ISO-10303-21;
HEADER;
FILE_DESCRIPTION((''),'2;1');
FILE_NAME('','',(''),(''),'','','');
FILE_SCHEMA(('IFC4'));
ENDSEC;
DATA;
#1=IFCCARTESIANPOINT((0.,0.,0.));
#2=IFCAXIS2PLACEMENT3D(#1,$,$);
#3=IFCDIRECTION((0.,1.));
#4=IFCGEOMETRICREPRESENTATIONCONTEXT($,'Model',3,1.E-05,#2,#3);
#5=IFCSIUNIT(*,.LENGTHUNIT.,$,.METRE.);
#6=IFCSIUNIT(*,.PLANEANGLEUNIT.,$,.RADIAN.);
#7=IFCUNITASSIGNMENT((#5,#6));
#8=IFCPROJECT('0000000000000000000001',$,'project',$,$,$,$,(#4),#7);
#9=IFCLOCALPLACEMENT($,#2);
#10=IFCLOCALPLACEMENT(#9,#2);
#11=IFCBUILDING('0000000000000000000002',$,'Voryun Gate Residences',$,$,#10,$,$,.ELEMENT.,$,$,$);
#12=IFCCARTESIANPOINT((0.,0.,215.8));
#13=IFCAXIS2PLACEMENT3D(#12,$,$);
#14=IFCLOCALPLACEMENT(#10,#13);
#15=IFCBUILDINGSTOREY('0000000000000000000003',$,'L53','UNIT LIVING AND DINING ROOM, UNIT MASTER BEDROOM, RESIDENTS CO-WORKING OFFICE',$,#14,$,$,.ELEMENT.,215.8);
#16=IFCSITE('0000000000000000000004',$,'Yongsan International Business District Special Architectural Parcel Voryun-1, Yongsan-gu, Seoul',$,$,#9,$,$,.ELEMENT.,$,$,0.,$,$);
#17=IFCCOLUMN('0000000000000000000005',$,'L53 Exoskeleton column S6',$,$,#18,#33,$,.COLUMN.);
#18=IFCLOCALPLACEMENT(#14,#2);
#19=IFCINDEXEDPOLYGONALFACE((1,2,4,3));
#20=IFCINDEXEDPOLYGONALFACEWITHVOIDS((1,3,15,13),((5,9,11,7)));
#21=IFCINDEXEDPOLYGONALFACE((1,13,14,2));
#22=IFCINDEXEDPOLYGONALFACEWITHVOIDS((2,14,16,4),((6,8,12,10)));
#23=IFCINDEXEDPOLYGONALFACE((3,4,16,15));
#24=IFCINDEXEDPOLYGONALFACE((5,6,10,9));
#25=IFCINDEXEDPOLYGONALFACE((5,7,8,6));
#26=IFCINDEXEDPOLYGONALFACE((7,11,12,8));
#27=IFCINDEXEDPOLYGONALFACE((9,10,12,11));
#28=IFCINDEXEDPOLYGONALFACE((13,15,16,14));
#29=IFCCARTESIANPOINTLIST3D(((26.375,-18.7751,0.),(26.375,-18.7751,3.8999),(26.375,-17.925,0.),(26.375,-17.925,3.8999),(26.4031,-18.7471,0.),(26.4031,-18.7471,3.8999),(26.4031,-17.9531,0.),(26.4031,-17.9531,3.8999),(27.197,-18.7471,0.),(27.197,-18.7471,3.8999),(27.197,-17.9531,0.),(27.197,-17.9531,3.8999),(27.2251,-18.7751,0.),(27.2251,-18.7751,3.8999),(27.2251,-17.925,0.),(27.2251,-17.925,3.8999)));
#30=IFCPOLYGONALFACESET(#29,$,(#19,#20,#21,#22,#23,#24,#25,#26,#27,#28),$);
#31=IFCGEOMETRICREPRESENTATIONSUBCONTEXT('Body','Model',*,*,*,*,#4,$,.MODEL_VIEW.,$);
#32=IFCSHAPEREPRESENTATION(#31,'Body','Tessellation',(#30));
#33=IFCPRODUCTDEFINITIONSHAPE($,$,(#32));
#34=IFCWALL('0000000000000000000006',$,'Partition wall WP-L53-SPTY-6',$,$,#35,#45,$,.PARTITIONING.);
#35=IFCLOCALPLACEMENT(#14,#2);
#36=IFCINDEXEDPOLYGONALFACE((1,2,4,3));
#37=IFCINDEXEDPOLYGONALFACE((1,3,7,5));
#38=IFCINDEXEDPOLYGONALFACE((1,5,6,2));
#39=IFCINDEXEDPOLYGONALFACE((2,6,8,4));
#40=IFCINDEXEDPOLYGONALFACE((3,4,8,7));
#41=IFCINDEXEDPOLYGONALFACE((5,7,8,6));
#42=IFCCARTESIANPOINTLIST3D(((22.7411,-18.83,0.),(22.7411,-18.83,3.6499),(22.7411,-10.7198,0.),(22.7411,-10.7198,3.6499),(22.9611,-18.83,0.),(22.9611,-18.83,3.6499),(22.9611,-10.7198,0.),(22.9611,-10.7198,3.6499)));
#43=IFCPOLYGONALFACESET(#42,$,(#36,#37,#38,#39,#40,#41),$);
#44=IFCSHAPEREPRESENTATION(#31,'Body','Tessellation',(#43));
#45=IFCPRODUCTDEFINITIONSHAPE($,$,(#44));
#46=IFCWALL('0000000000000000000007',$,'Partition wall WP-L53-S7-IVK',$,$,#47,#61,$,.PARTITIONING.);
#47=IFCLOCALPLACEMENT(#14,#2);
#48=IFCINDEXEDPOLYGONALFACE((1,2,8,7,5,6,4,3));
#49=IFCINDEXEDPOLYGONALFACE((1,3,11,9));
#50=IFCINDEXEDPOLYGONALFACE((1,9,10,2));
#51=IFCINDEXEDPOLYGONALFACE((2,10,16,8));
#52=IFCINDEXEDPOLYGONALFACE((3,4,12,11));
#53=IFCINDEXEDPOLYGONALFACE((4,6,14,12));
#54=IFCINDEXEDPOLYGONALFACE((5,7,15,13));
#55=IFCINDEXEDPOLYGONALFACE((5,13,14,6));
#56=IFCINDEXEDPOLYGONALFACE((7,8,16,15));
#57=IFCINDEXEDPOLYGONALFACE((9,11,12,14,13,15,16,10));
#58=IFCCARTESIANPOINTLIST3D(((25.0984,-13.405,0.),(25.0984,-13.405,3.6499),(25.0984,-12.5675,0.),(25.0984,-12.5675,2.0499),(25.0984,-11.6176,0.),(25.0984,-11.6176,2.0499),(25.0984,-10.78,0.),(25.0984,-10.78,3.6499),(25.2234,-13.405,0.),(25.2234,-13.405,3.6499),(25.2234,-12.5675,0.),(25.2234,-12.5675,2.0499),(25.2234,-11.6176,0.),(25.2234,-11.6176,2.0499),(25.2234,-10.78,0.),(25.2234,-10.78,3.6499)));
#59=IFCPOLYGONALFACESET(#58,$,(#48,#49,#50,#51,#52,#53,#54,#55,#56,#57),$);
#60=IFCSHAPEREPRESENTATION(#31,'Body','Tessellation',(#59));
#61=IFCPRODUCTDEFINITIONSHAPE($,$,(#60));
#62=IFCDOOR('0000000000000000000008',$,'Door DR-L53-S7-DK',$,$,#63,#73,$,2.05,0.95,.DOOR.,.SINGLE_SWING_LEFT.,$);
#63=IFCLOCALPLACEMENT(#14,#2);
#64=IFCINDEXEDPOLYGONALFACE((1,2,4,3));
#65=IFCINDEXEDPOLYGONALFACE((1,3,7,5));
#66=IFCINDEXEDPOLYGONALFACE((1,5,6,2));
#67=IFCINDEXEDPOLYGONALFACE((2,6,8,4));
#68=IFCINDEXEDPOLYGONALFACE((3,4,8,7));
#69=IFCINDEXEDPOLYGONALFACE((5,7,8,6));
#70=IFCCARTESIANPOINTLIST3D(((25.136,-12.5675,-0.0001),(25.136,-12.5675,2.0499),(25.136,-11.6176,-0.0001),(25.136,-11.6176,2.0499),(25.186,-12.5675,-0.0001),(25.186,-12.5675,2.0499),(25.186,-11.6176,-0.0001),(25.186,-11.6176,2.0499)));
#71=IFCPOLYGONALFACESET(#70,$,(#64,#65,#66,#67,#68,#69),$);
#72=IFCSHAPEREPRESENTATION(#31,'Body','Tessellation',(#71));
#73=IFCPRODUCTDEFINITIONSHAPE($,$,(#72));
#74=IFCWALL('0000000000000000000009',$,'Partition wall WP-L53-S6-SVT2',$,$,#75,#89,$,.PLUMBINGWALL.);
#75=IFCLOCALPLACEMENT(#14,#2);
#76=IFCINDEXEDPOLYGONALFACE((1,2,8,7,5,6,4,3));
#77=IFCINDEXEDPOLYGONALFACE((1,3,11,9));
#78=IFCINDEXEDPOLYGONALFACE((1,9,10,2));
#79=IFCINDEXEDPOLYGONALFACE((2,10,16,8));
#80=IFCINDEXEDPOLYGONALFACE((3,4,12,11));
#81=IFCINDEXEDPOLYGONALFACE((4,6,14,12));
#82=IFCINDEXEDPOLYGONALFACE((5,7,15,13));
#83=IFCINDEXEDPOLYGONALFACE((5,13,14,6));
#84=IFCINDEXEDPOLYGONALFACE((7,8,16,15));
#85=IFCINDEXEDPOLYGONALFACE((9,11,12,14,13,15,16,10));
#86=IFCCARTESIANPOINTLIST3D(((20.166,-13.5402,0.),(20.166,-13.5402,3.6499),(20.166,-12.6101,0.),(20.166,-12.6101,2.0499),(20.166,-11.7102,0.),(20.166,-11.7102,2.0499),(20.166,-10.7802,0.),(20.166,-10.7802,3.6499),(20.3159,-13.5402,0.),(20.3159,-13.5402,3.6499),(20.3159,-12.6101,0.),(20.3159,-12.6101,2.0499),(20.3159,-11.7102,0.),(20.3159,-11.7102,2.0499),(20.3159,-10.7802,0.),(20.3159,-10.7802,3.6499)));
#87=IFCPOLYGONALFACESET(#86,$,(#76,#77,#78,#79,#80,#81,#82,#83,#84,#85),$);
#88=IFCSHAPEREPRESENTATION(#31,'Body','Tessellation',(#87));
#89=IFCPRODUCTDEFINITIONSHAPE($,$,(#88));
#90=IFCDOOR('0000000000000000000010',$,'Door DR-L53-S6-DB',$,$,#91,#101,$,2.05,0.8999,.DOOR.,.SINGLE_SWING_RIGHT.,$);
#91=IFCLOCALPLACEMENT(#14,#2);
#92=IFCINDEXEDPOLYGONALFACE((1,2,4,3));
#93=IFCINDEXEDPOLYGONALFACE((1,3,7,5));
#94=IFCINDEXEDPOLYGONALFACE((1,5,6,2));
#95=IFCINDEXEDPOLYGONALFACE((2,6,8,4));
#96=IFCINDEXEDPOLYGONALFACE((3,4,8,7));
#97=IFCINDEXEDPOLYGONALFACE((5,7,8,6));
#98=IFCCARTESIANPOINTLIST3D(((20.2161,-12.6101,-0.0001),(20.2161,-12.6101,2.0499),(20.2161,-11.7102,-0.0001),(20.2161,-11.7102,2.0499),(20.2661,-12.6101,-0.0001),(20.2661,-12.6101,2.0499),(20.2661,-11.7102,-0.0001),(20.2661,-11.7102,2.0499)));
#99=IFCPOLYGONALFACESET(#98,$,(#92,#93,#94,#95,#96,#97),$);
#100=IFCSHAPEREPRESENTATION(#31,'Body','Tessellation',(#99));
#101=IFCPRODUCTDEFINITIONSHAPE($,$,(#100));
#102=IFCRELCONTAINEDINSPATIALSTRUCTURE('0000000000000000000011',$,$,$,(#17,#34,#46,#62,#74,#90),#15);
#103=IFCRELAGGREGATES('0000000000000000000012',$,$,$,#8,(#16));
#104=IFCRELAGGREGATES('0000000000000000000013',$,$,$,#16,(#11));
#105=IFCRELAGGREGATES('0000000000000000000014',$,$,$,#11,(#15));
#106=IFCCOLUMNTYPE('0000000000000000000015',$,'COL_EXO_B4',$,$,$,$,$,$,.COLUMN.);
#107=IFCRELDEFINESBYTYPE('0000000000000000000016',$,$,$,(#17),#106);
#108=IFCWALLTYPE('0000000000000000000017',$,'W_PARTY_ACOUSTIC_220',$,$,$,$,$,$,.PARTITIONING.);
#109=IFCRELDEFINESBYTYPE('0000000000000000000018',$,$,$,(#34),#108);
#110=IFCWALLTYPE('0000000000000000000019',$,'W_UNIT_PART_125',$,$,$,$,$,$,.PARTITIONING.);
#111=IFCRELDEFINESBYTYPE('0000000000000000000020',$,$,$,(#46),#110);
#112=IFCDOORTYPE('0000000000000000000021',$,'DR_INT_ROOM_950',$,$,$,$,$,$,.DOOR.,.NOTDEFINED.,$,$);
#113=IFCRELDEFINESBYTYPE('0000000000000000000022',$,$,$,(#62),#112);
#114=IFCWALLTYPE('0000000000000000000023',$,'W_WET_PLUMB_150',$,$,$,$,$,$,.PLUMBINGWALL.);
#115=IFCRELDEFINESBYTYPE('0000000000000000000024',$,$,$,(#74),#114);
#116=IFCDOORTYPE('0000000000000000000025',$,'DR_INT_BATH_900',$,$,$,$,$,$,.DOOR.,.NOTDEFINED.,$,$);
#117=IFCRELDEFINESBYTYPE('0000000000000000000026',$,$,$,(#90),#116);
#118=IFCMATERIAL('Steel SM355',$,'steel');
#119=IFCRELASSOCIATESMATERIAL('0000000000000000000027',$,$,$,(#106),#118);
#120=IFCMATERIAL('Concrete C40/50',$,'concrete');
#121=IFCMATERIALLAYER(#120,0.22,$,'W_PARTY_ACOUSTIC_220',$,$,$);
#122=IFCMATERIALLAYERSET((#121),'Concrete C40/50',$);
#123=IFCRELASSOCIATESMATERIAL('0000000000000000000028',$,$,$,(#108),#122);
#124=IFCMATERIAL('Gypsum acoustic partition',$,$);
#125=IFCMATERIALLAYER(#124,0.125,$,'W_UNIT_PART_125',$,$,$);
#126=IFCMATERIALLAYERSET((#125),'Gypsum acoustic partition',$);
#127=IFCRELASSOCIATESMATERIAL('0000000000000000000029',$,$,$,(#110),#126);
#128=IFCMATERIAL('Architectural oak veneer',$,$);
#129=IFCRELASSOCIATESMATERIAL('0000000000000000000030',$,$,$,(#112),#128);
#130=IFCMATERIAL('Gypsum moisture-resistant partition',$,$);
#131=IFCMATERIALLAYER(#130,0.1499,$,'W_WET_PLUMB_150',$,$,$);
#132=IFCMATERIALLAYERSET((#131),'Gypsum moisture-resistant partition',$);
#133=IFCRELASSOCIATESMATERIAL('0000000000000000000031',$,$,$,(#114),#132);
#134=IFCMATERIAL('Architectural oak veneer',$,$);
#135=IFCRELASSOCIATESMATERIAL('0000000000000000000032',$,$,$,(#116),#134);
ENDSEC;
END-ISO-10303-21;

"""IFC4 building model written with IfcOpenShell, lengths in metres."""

from ifc_helpers import new_model, si_unit, direction, frame, frame_2d, origin, origin_2d, place, context, subcontext, project, spatial, rectangle, hollow_rectangle, extrude, material, layer, layer_set, material_profile, profile_set, type_object, element, fill, save


model = new_model("IFC4")

# Units and contexts
model_context = context("Model", 3, precision=1e-05, world=origin(), true_north=direction((0.0, 1.0)))
body_context = subcontext(model_context, "Body", "Model", "MODEL_VIEW")
ifc_project = project(units=[si_unit("LENGTHUNIT", "METRE"), si_unit("PLANEANGLEUNIT", "RADIAN")], contexts=[model_context])

# Site, building, storey
site_placement = place(None, origin())
site = spatial("IfcSite", under=ifc_project, at=site_placement, Name="Yongsan International Business District Special Architectural Parcel Voryun-1, Yongsan-gu, Seoul", CompositionType="ELEMENT", RefElevation=0.0)
building_placement = place(site_placement, origin())
building = spatial("IfcBuilding", under=site, at=building_placement, Name="Voryun Gate Residences", CompositionType="ELEMENT")
storey_placement = place(building_placement, frame((0.0, 0.0, 215.8)))
storey = spatial("IfcBuildingStorey", under=building, at=storey_placement, Name="L53", Description="UNIT LIVING AND DINING ROOM, UNIT MASTER BEDROOM, RESIDENTS CO-WORKING OFFICE", CompositionType="ELEMENT", Elevation=215.8)

# Column
ifc_material_1 = material(Name="Steel SM355", Category="steel")
ifc_material_profile = material_profile(ifc_material_1, hollow_rectangle(XDim=0.8501, YDim=0.8501, WallThickness=0.0281, at=origin_2d()), Name="BOX-850x850x28")
ifc_profile_set = profile_set([ifc_material_profile], Name="Steel SM355")
column_type = type_object("IfcColumnType", Name="COL_EXO_B4", PredefinedType="COLUMN", material=ifc_profile_set)
column_placement = place(storey_placement, frame((26.8, -18.3501, 0.0), z_axis=(0.0, 0.0, 1.0), x_axis=(1.0, 0.0, 0.0)))
element("IfcColumn", 1, at=column_placement, inside=storey, type_object=column_type, Name="L53 Exoskeleton column S6", PredefinedType="COLUMN", context=body_context, shape_type="SweptSolid", body=[
    extrude(hollow_rectangle(XDim=0.8501, YDim=0.8501, WallThickness=0.0281, at=origin_2d()), origin(), (0.0, 0.0, 1.0), 3.8999),
])

# Wall
ifc_material_2 = material(Name="Concrete C40/50", Category="concrete")
ifc_layer_1 = layer(ifc_material_2, 0.22, Name="W_PARTY_ACOUSTIC_220")
ifc_layer_set_1 = layer_set([ifc_layer_1], Name="Concrete C40/50")
wall_type_1 = type_object("IfcWallType", Name="W_PARTY_ACOUSTIC_220", PredefinedType="PARTITIONING", material=ifc_layer_set_1)
wall_1_placement = place(storey_placement, frame((22.8511, -18.8301, 0.0), z_axis=(0.0, 0.0, 1.0), x_axis=(0.0, 1.0, 0.0)))
element("IfcWall", 2, at=wall_1_placement, inside=storey, type_object=wall_type_1, Name="Partition wall WP-L53-SPTY-6", PredefinedType="PARTITIONING", context=body_context, shape_type="SweptSolid", body=[
    extrude(rectangle(XDim=8.1101, YDim=0.22, at=frame_2d((4.0552, 0.0))), origin(), (0.0, 0.0, 1.0), 3.6499),
])

# Walls, openings, doors
ifc_material_3 = material(Name="Gypsum acoustic partition")
ifc_layer_2 = layer(ifc_material_3, 0.125, Name="W_UNIT_PART_125")
ifc_layer_set_2 = layer_set([ifc_layer_2], Name="Gypsum acoustic partition")
wall_type_2 = type_object("IfcWallType", Name="W_UNIT_PART_125", PredefinedType="PARTITIONING", material=ifc_layer_set_2)
wall_2_placement = place(storey_placement, frame((25.1609, -13.405, 0.0), z_axis=(0.0, 0.0, 1.0), x_axis=(0.0, 1.0, 0.0)))
wall_2 = element("IfcWall", 3, at=wall_2_placement, inside=storey, type_object=wall_type_2, Name="Partition wall WP-L53-S7-IVK", PredefinedType="PARTITIONING", context=body_context, shape_type="SweptSolid", body=[
    extrude(rectangle(XDim=2.625, YDim=0.125, at=frame_2d((1.3125, 0.0))), origin(), (0.0, 0.0, 1.0), 3.6499),
])
opening_1_placement = place(wall_2_placement, frame((0.8374, 0.0, 0.0)))
opening_1 = element("IfcOpeningElement", 4, at=opening_1_placement, cuts=wall_2, PredefinedType="OPENING", context=body_context, shape_type="SweptSolid", body=[
    extrude(rectangle(XDim=0.95, YDim=2.05, at=frame_2d((0.4751, 1.0249))), frame((0.0, 0.0725, 0.0), z_axis=(0.0, -1.0, 0.0), x_axis=(1.0, 0.0, 0.0)), (0.0, 0.0, 1.0), 0.145),
])
ifc_material_4 = material(Name="Architectural oak veneer")
door_type_1 = type_object("IfcDoorType", Name="DR_INT_ROOM_950", OperationType="NOTDEFINED", PredefinedType="DOOR", material=ifc_material_4)
door_1_placement = place(opening_1_placement, origin())
door_1 = element("IfcDoor", 5, at=door_1_placement, inside=storey, type_object=door_type_1, Name="Door DR-L53-S7-DK", OperationType="SINGLE_SWING_LEFT", OverallHeight=2.05, OverallWidth=0.95, PredefinedType="DOOR", context=body_context, shape_type="SweptSolid", body=[
    extrude(rectangle(XDim=0.95, YDim=2.05, at=frame_2d((0.4751, 1.0249))), frame((0.0, 0.0249, 0.0), z_axis=(0.0, -1.0, 0.0), x_axis=(1.0, 0.0, 0.0)), (0.0, 0.0, 1.0), 0.05),
])
fill(opening_1, door_1)
ifc_material_5 = material(Name="Gypsum moisture-resistant partition")
ifc_layer_3 = layer(ifc_material_5, 0.1499, Name="W_WET_PLUMB_150")
ifc_layer_set_3 = layer_set([ifc_layer_3], Name="Gypsum moisture-resistant partition")
wall_type_3 = type_object("IfcWallType", Name="W_WET_PLUMB_150", PredefinedType="PLUMBINGWALL", material=ifc_layer_set_3)
wall_3_placement = place(storey_placement, frame((20.241, -13.54, 0.0), z_axis=(0.0, 0.0, 1.0), x_axis=(0.0, 1.0, 0.0)))
wall_3 = element("IfcWall", 6, at=wall_3_placement, inside=storey, type_object=wall_type_3, Name="Partition wall WP-L53-S6-SVT2", PredefinedType="PLUMBINGWALL", context=body_context, shape_type="SweptSolid", body=[
    extrude(rectangle(XDim=2.76, YDim=0.1499, at=frame_2d((1.3799, 0.0))), origin(), (0.0, 0.0, 1.0), 3.6499),
])
opening_2_placement = place(wall_3_placement, frame((0.9299, 0.0, 0.0)))
opening_2 = element("IfcOpeningElement", 7, at=opening_2_placement, cuts=wall_3, PredefinedType="OPENING", context=body_context, shape_type="SweptSolid", body=[
    extrude(rectangle(XDim=0.8999, YDim=2.05, at=frame_2d((0.45, 1.0249))), frame((0.0, 0.085, 0.0), z_axis=(0.0, -1.0, 0.0), x_axis=(1.0, 0.0, 0.0)), (0.0, 0.0, 1.0), 0.1699),
])
ifc_material_6 = material(Name="Architectural oak veneer")
door_type_2 = type_object("IfcDoorType", Name="DR_INT_BATH_900", OperationType="NOTDEFINED", PredefinedType="DOOR", material=ifc_material_6)
door_2_placement = place(opening_2_placement, origin())
door_2 = element("IfcDoor", 8, at=door_2_placement, inside=storey, type_object=door_type_2, Name="Door DR-L53-S6-DB", OperationType="SINGLE_SWING_RIGHT", OverallHeight=2.05, OverallWidth=0.8999, PredefinedType="DOOR", context=body_context, shape_type="SweptSolid", body=[
    extrude(rectangle(XDim=0.8999, YDim=2.05, at=frame_2d((0.45, 1.0249))), frame((0.0, 0.0249, 0.0), z_axis=(0.0, -1.0, 0.0), x_axis=(1.0, 0.0, 0.0)), (0.0, 0.0, 1.0), 0.05),
])
fill(opening_2, door_2)

save(model, "model.ifc")
